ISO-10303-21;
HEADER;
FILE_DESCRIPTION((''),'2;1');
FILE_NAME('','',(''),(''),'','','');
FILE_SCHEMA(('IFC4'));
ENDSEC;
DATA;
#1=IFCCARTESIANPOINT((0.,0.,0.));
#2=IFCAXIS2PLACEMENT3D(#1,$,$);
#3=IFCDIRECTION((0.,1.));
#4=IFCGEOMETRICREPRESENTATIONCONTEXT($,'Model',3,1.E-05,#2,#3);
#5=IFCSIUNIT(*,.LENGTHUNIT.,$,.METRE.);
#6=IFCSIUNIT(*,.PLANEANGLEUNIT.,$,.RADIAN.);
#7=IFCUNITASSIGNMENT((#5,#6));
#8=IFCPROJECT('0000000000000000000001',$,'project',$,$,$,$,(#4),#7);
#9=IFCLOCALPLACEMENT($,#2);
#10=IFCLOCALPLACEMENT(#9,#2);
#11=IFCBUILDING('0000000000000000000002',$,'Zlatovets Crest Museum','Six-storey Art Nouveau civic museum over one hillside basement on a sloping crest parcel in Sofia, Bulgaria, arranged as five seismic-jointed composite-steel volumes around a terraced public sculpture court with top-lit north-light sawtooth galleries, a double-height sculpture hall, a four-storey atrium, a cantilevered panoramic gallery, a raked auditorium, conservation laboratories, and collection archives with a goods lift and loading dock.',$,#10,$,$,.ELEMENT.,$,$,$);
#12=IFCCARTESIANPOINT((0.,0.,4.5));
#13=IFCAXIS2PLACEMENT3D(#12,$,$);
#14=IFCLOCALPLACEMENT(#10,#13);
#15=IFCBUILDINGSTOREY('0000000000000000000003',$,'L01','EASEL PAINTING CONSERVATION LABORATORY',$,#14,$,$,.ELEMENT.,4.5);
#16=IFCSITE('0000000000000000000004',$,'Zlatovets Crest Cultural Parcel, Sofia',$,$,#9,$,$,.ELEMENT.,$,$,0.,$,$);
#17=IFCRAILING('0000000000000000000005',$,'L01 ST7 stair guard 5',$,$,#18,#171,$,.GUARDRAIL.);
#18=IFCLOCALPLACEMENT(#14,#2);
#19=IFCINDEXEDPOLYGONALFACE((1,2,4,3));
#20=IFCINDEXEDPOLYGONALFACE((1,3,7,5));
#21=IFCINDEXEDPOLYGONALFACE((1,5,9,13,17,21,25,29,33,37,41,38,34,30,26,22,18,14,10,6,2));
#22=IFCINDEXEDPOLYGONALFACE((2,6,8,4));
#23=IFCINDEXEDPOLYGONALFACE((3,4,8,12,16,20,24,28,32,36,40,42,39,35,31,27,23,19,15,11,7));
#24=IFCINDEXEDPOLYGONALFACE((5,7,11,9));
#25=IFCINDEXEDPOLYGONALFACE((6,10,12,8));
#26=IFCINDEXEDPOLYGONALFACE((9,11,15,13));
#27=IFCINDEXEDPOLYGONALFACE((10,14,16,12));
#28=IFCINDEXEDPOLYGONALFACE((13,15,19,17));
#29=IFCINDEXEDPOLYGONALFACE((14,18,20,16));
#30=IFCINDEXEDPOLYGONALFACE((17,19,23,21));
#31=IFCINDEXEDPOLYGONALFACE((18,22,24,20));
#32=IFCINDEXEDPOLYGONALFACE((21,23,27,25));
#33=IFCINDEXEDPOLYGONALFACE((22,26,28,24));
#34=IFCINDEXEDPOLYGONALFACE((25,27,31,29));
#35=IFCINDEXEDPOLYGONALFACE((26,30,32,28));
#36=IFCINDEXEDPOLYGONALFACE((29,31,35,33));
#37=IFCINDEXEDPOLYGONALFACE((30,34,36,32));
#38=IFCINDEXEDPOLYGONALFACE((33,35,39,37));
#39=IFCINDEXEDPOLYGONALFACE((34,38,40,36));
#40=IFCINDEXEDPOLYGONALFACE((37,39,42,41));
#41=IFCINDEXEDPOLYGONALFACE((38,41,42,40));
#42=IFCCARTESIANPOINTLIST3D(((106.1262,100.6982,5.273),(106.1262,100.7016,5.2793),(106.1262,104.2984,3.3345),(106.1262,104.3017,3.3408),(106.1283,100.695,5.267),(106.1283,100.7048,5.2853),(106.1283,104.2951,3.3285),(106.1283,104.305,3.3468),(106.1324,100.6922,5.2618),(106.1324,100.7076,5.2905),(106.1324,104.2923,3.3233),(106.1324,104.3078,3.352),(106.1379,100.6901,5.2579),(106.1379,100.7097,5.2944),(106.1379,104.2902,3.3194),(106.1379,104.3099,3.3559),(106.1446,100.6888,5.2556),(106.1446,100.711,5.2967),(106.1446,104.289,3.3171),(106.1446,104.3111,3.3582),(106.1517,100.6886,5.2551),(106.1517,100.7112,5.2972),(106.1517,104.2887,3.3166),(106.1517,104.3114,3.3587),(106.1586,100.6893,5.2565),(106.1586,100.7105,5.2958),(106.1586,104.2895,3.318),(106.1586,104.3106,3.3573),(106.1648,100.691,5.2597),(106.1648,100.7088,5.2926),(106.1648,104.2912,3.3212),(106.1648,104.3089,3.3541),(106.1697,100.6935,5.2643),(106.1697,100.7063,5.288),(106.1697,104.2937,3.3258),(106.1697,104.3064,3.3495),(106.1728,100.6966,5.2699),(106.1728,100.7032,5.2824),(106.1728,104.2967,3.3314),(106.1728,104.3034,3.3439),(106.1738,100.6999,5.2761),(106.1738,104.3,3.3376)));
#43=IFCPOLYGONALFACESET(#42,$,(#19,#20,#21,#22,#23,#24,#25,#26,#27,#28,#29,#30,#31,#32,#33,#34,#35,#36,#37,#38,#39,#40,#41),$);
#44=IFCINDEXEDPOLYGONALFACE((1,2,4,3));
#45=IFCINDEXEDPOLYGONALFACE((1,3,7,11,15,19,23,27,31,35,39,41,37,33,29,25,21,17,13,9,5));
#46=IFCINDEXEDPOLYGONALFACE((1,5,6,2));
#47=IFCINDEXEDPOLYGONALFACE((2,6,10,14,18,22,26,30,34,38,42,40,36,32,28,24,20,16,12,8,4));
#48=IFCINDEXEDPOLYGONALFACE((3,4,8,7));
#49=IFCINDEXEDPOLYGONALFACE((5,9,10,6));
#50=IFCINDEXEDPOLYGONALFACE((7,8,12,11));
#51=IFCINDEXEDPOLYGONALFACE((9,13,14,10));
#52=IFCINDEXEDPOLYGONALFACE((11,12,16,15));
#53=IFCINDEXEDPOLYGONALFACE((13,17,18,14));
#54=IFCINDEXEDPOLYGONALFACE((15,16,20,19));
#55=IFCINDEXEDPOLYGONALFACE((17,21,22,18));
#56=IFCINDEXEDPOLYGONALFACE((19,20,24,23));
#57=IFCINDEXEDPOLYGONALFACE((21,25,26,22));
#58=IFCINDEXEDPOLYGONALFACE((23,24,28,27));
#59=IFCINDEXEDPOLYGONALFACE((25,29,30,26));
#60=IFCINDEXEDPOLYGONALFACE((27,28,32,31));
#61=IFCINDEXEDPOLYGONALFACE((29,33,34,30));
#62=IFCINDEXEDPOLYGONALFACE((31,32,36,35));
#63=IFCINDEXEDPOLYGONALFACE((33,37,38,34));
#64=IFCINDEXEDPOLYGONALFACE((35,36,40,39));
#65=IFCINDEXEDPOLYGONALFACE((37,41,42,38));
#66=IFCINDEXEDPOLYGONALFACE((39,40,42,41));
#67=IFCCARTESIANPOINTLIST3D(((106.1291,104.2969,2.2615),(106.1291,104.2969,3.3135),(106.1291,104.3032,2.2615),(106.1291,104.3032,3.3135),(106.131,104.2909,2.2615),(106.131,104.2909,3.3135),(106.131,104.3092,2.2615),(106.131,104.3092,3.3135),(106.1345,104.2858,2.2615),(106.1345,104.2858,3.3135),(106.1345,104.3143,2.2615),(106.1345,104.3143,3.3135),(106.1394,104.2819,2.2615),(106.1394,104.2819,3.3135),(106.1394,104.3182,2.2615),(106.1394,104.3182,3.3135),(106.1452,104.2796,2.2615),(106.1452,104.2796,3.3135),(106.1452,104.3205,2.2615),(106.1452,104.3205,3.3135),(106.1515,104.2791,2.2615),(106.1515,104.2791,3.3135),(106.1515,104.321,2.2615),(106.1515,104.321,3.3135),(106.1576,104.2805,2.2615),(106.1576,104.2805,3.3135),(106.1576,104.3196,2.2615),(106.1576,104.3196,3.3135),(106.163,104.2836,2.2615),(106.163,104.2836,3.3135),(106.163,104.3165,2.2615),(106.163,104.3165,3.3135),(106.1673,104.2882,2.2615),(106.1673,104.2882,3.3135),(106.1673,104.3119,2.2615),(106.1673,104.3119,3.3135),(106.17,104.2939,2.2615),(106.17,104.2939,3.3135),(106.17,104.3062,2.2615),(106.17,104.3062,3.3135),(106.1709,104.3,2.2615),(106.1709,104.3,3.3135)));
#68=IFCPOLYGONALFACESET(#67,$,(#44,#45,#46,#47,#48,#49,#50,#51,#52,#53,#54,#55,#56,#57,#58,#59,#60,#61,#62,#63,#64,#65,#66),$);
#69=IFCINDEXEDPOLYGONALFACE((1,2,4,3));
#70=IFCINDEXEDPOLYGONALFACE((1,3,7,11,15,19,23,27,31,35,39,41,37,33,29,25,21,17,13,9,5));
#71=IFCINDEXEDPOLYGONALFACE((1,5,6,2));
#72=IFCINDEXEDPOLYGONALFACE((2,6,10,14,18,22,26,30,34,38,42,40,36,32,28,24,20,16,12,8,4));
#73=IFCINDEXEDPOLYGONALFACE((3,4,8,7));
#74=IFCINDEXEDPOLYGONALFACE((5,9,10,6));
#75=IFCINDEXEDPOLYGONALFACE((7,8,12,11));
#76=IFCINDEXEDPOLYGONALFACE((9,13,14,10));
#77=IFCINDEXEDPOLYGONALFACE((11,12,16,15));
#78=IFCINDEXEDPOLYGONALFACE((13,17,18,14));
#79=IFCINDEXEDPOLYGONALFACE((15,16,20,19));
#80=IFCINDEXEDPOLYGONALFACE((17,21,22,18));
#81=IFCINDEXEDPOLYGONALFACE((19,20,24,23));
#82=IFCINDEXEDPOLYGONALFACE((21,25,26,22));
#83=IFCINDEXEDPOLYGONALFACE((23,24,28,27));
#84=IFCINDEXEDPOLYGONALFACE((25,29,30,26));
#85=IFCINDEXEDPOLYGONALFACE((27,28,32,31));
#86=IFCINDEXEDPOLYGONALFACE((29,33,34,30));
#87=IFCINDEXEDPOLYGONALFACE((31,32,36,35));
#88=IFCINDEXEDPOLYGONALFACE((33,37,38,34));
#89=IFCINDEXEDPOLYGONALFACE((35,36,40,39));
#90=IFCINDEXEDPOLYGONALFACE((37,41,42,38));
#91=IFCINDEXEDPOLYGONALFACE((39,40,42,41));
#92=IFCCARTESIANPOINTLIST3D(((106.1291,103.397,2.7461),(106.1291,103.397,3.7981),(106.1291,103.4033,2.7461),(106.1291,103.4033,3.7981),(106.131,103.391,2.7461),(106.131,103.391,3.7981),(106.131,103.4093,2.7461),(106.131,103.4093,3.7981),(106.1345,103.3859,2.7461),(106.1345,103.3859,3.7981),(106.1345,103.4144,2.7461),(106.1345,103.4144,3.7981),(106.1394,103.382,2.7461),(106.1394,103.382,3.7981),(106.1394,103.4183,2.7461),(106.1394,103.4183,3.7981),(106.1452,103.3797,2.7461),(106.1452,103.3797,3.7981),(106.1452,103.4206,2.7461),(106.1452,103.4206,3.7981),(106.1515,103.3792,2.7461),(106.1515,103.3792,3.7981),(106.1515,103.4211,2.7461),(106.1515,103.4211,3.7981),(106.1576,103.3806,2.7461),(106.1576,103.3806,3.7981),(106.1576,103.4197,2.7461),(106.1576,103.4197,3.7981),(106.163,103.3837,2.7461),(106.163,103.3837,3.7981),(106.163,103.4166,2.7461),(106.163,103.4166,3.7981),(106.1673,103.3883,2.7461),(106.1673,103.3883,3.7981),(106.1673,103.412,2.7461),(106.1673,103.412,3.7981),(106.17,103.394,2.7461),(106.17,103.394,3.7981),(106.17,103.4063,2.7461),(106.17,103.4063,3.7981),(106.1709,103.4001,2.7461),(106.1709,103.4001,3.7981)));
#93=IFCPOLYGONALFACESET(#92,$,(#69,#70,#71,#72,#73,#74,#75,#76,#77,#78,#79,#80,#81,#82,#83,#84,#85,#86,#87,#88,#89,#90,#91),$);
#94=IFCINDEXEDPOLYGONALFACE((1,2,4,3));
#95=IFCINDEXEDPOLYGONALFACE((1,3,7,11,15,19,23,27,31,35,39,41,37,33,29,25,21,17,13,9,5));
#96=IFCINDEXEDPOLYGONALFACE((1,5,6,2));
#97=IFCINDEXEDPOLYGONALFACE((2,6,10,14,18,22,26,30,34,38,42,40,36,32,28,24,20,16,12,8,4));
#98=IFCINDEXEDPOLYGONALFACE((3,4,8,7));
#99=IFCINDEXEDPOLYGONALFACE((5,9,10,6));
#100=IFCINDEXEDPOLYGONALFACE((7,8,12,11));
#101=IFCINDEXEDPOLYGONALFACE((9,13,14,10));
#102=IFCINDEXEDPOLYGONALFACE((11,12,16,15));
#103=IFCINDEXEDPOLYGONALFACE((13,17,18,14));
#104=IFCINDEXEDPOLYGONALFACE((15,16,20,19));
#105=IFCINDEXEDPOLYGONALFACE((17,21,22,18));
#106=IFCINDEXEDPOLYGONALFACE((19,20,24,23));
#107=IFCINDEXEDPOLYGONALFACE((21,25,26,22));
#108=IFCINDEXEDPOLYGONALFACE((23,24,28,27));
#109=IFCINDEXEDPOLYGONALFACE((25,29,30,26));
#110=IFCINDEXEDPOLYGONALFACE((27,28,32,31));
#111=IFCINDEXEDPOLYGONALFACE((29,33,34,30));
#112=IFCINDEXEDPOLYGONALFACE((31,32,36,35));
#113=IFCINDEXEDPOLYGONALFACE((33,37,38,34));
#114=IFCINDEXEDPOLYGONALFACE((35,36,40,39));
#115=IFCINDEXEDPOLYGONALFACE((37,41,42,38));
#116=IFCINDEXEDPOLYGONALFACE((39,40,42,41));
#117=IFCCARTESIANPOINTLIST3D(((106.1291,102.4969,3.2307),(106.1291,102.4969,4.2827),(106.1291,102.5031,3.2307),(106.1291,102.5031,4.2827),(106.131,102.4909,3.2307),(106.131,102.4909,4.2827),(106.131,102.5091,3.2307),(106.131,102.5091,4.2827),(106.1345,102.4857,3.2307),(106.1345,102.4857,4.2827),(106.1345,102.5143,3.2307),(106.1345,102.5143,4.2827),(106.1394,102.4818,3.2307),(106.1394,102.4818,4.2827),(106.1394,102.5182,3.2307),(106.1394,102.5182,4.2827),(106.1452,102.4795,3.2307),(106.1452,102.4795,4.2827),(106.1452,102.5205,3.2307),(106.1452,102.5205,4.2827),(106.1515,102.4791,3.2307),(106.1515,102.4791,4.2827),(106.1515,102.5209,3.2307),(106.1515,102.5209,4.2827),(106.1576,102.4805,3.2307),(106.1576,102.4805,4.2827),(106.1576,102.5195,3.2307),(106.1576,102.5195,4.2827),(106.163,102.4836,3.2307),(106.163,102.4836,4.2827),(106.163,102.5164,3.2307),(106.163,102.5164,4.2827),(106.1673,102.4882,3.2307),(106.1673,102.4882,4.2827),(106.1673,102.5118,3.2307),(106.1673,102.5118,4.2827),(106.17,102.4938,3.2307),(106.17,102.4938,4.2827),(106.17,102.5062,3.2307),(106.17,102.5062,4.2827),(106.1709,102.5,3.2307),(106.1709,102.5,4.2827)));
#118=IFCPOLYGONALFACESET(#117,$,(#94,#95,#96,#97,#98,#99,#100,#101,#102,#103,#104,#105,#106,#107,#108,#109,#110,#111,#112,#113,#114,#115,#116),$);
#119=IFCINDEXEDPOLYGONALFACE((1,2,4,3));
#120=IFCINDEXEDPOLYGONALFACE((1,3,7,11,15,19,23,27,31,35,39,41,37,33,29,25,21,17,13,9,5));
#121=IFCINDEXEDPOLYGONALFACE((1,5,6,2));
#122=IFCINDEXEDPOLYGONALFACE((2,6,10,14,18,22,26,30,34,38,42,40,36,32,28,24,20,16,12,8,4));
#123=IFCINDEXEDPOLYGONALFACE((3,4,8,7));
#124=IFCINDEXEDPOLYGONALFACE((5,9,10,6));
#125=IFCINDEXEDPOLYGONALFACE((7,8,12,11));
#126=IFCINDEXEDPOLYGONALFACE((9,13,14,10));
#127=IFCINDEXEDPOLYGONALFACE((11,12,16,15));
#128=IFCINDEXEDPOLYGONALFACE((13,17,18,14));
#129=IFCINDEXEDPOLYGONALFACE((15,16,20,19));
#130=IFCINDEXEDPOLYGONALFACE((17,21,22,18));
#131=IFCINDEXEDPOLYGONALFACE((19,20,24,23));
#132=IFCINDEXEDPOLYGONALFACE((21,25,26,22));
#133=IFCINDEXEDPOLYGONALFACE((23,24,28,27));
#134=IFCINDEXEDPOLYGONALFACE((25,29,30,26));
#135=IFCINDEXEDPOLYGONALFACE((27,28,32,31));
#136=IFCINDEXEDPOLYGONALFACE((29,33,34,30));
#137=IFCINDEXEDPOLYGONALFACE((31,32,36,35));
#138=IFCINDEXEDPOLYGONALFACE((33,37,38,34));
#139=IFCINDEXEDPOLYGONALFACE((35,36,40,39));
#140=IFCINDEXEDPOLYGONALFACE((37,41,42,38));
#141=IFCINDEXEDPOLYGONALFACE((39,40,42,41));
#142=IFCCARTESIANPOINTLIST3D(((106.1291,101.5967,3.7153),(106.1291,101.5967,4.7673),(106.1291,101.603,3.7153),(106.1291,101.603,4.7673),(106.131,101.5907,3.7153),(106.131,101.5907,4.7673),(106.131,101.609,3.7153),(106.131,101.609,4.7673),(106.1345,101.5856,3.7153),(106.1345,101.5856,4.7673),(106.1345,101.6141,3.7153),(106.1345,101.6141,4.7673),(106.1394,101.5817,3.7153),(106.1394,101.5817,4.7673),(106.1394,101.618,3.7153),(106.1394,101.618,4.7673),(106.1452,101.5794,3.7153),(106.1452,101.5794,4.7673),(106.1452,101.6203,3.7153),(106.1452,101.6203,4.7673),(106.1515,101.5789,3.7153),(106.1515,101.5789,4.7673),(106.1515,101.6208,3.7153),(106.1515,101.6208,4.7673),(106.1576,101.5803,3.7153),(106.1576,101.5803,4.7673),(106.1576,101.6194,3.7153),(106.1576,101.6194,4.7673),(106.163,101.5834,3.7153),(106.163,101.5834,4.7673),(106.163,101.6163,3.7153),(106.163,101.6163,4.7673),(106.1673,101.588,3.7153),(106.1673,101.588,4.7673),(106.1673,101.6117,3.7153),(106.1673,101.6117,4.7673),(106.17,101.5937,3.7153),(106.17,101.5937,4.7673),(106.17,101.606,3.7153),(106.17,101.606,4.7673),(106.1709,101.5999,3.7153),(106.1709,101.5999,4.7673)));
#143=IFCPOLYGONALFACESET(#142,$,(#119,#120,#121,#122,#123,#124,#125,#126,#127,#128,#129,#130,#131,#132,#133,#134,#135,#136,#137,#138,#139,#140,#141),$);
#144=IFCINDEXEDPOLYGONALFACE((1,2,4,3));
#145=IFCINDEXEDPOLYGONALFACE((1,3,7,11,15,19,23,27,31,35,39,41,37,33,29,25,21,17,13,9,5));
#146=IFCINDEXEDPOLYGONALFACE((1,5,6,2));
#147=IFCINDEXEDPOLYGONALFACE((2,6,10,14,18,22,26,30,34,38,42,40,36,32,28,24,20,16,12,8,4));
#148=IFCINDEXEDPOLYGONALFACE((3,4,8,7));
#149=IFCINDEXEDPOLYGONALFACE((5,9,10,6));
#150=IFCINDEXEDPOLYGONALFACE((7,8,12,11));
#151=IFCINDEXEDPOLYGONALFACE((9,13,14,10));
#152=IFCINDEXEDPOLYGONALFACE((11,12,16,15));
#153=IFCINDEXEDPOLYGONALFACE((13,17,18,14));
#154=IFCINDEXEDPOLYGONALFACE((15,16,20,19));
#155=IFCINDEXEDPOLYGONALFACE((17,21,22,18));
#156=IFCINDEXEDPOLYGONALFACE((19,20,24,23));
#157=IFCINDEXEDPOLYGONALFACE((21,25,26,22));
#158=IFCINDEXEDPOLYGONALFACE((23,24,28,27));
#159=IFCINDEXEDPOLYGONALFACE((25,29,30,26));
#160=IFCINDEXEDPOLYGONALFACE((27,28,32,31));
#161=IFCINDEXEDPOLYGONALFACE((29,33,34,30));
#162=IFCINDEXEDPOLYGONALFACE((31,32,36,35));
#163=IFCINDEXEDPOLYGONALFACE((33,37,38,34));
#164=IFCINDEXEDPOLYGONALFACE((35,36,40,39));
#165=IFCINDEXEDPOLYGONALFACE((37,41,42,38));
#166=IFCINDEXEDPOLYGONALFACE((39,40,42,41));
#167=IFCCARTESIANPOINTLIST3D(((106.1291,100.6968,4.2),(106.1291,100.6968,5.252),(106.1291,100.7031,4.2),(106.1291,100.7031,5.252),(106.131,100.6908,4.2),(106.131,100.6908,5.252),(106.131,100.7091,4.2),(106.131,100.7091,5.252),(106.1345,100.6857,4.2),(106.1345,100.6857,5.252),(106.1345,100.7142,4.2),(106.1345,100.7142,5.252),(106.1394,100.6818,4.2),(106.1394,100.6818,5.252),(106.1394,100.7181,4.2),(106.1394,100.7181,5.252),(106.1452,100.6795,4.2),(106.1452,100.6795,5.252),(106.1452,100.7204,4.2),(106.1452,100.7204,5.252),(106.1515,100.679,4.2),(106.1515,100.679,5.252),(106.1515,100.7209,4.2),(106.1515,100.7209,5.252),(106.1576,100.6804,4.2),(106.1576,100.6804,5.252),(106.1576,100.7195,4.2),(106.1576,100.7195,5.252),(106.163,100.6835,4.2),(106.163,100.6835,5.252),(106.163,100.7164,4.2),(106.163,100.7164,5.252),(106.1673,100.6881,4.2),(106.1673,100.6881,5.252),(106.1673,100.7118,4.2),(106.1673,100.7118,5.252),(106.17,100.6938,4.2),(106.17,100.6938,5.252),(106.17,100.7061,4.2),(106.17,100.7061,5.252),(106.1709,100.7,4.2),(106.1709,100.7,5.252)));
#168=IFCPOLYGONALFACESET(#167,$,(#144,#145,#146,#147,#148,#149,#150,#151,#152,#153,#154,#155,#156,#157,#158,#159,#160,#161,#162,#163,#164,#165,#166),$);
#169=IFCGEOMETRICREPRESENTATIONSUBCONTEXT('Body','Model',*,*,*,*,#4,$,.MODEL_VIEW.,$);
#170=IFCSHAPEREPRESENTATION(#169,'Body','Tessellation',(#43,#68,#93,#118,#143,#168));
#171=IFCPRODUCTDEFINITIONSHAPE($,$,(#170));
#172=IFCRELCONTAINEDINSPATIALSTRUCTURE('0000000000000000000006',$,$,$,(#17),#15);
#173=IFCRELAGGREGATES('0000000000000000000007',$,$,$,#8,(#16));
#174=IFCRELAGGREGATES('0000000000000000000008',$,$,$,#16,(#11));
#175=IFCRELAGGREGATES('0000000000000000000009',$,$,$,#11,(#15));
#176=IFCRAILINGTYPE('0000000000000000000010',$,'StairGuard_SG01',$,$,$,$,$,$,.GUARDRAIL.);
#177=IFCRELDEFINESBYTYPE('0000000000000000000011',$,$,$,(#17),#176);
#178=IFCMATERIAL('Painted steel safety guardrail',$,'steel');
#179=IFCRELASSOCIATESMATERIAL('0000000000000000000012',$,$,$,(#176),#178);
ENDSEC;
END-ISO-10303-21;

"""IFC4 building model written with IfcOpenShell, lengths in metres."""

from ifc_helpers import new_model, si_unit, direction, frame, origin, origin_2d, place, context, subcontext, project, spatial, circle, extrude, material, type_object, element, save


model = new_model("IFC4")

# Units and contexts
model_context = context("Model", 3, precision=1e-05, world=origin(), true_north=direction((0.0, 1.0)))
body_context = subcontext(model_context, "Body", "Model", "MODEL_VIEW")
ifc_project = project(units=[si_unit("LENGTHUNIT", "METRE"), si_unit("PLANEANGLEUNIT", "RADIAN")], contexts=[model_context])

# Site, building, storey
site_placement = place(None, origin())
site = spatial("IfcSite", under=ifc_project, at=site_placement, Name="Zlatovets Crest Cultural Parcel, Sofia", CompositionType="ELEMENT", RefElevation=0.0)
building_placement = place(site_placement, origin())
building = spatial("IfcBuilding", under=site, at=building_placement, Name="Zlatovets Crest Museum", Description="Six-storey Art Nouveau civic museum over one hillside basement on a sloping crest parcel in Sofia, Bulgaria, arranged as five seismic-jointed composite-steel volumes around a terraced public sculpture court with top-lit north-light sawtooth galleries, a double-height sculpture hall, a four-storey atrium, a cantilevered panoramic gallery, a raked auditorium, conservation laboratories, and collection archives with a goods lift and loading dock.", CompositionType="ELEMENT")
storey_placement = place(building_placement, frame((0.0, 0.0, 4.5)))
storey = spatial("IfcBuildingStorey", under=building, at=storey_placement, Name="L01", Description="EASEL PAINTING CONSERVATION LABORATORY", CompositionType="ELEMENT", Elevation=4.5)

# Railing
ifc_material_1 = material(Name="Painted steel safety guardrail", Category="steel")
railing_type_1 = type_object("IfcRailingType", Name="StairGuard_SG01", PredefinedType="GUARDRAIL", material=ifc_material_1)
railing_1_placement = place(storey_placement, frame((106.1499, 104.3, 2.2615)))
element("IfcRailing", 1, at=railing_1_placement, inside=storey, type_object=railing_type_1, Name="L01 ST7 stair guard 5", PredefinedType="GUARDRAIL", context=body_context, shape_type="SweptSolid", body=[
    extrude(circle(Radius=0.0239, at=origin_2d()), frame((0.0, 0.0, 1.0762), z_axis=(0.0, -0.880475, 0.474093), x_axis=(1.0, 0.0, 0.0)), (0.0, 0.0, 1.0), 4.0889),
    extrude(circle(Radius=0.021, at=origin_2d()), origin(), (0.0, 0.0, 1.0), 1.052),
    extrude(circle(Radius=0.021, at=origin_2d()), frame((0.0, -0.8999, 0.4846)), (0.0, 0.0, 1.0), 1.052),
    extrude(circle(Radius=0.021, at=origin_2d()), frame((0.0, -1.8, 0.9692)), (0.0, 0.0, 1.0), 1.052),
    extrude(circle(Radius=0.021, at=origin_2d()), frame((0.0, -2.7002, 1.4539)), (0.0, 0.0, 1.0), 1.052),
    extrude(circle(Radius=0.021, at=origin_2d()), frame((0.0, -3.6001, 1.9385)), (0.0, 0.0, 1.0), 1.052),
])

save(model, "model.ifc")
